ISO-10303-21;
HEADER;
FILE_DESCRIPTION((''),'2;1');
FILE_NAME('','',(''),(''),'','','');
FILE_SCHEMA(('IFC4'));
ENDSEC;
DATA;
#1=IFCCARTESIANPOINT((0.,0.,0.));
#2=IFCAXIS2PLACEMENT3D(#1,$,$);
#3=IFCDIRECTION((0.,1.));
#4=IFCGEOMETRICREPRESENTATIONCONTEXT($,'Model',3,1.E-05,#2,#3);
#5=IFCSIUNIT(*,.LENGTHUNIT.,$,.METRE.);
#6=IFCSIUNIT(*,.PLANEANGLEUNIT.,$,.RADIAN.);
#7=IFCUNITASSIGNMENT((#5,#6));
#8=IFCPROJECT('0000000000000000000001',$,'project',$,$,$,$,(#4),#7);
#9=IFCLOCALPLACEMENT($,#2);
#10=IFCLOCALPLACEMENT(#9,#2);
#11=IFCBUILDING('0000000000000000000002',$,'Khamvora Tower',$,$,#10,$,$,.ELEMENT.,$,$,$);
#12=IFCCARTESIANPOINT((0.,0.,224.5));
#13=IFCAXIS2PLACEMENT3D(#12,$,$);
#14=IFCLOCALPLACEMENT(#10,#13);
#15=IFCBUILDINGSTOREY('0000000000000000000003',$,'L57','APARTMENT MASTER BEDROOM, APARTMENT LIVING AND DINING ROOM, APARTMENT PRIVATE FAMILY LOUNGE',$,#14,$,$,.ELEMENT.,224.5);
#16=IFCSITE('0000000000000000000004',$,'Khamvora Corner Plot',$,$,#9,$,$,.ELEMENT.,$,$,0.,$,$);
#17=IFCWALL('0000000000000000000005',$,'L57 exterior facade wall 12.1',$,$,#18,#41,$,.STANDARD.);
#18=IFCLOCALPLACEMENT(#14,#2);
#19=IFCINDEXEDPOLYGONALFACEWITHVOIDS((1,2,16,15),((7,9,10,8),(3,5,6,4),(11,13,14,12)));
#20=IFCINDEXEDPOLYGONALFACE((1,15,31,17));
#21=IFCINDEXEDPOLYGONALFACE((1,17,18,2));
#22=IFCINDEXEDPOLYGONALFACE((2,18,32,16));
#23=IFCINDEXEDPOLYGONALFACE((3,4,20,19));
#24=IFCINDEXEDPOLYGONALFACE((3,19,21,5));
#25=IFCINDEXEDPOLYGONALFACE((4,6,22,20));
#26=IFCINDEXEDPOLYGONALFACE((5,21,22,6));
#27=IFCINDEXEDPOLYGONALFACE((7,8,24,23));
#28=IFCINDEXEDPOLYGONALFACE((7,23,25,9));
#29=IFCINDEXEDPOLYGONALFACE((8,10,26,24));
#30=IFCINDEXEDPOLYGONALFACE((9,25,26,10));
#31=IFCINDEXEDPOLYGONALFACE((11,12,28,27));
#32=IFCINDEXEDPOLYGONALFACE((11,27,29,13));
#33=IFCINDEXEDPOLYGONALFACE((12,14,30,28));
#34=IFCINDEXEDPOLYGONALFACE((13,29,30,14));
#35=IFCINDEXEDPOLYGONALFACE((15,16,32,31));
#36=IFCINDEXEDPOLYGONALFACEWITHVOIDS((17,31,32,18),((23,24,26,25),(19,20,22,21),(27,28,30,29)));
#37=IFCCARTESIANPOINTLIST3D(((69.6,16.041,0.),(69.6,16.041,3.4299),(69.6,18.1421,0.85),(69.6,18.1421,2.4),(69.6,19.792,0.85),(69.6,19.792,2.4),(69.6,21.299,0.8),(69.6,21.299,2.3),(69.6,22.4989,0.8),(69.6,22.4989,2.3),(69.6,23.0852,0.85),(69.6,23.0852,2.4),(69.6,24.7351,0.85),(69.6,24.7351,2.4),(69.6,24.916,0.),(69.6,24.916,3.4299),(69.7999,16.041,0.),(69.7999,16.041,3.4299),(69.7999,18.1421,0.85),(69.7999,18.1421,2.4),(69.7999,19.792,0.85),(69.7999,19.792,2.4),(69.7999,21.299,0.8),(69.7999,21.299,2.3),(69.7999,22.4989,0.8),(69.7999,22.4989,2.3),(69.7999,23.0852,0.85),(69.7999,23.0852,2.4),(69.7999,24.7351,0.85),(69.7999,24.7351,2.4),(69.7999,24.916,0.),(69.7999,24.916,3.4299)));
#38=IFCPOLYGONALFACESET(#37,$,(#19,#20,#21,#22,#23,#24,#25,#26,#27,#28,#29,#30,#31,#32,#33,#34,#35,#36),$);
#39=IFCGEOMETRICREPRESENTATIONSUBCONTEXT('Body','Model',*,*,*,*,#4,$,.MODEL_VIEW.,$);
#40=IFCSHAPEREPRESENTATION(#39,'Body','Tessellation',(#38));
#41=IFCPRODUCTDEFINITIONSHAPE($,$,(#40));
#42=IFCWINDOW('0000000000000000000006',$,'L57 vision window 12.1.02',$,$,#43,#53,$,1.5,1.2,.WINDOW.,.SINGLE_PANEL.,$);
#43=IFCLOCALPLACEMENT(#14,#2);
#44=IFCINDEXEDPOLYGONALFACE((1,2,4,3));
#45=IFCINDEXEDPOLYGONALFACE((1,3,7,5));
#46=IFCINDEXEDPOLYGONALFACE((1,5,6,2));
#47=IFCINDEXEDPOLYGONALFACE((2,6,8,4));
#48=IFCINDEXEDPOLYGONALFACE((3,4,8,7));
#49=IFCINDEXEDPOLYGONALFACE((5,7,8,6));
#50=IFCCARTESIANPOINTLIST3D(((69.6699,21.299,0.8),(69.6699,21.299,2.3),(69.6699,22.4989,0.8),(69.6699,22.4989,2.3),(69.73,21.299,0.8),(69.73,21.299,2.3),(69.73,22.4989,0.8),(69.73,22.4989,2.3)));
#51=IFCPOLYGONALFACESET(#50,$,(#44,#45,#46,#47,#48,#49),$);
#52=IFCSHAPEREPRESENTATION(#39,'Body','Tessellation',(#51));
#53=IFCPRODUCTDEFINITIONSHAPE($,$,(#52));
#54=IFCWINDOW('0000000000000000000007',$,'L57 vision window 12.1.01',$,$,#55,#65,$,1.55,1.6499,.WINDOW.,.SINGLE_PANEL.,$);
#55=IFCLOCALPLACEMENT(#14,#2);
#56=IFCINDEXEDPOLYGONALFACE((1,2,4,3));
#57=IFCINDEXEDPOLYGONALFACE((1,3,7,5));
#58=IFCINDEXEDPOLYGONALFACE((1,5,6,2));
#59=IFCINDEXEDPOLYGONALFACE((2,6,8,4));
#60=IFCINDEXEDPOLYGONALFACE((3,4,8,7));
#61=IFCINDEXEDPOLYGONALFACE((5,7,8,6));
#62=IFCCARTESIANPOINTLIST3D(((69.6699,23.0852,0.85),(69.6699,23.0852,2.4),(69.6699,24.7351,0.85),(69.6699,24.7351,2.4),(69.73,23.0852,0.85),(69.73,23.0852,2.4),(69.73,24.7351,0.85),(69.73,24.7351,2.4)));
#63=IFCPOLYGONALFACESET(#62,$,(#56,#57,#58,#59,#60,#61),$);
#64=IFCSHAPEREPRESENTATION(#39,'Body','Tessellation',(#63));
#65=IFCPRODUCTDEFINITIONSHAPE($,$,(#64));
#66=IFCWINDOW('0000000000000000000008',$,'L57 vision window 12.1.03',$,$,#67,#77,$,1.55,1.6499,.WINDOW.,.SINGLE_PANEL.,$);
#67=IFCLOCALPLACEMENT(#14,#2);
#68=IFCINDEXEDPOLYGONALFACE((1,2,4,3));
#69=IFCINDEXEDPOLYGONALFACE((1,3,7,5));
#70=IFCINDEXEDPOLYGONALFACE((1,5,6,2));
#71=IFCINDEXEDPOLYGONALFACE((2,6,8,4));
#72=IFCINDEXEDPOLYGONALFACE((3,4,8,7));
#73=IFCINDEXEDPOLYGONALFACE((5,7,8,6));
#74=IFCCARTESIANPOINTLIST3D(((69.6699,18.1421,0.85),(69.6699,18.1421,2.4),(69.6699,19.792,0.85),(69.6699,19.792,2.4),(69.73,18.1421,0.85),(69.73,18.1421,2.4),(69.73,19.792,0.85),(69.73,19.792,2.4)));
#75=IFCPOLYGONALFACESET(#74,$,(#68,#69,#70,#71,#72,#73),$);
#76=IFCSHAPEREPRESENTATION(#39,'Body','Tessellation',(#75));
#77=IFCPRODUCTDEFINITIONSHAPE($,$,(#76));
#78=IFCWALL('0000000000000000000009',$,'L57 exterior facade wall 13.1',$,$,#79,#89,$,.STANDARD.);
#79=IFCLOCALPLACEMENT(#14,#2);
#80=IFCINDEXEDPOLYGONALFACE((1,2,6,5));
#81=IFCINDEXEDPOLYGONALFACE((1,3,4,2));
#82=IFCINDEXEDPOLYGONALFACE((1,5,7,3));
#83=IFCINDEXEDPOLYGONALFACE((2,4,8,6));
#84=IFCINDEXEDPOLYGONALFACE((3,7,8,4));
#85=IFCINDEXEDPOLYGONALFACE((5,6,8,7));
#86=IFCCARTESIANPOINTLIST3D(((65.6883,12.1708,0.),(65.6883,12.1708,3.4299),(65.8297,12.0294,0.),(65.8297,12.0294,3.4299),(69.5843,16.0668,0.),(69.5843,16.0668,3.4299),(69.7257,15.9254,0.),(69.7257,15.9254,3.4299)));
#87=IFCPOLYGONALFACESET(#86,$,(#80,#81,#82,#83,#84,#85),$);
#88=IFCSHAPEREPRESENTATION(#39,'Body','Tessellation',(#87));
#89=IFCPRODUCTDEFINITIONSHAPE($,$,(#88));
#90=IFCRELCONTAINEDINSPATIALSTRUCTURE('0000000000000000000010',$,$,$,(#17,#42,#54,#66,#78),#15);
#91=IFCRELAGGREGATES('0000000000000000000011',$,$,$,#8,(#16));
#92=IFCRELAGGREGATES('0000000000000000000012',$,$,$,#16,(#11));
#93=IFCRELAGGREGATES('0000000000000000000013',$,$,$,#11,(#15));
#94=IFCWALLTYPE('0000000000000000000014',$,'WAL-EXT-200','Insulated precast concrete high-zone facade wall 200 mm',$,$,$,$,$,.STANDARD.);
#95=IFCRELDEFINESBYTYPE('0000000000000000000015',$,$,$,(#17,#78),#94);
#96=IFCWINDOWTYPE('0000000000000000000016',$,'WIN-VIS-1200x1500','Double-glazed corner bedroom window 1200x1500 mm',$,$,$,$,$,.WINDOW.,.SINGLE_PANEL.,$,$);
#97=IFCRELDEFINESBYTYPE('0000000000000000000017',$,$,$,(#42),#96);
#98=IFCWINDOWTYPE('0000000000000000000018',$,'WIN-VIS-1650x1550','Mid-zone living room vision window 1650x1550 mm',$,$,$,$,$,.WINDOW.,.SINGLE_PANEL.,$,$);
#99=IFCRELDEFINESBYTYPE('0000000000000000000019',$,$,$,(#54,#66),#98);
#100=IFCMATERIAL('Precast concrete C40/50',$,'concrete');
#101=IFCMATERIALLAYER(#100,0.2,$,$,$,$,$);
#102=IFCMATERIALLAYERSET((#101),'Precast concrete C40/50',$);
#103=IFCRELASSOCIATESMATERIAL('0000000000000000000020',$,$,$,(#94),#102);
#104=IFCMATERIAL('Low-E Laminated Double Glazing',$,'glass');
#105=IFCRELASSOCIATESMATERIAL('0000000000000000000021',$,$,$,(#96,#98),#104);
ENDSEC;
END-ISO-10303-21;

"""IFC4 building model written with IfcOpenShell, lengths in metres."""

from ifc_helpers import new_model, si_unit, direction, frame, frame_2d, origin, place, context, subcontext, project, spatial, rectangle, extrude, material, layer, layer_set, type_object, element, fill, save


model = new_model("IFC4")

# Units and contexts
model_context = context("Model", 3, precision=1e-05, world=origin(), true_north=direction((0.0, 1.0)))
body_context = subcontext(model_context, "Body", "Model", "MODEL_VIEW")
ifc_project = project(units=[si_unit("LENGTHUNIT", "METRE"), si_unit("PLANEANGLEUNIT", "RADIAN")], contexts=[model_context])

# Site, building, storey
site_placement = place(None, origin())
site = spatial("IfcSite", under=ifc_project, at=site_placement, Name="Khamvora Corner Plot", CompositionType="ELEMENT", RefElevation=0.0)
building_placement = place(site_placement, origin())
building = spatial("IfcBuilding", under=site, at=building_placement, Name="Khamvora Tower", CompositionType="ELEMENT")
storey_placement = place(building_placement, frame((0.0, 0.0, 224.5)))
storey = spatial("IfcBuildingStorey", under=building, at=storey_placement, Name="L57", Description="APARTMENT MASTER BEDROOM, APARTMENT LIVING AND DINING ROOM, APARTMENT PRIVATE FAMILY LOUNGE", CompositionType="ELEMENT", Elevation=224.5)

# Shared definitions
ifc_material_1 = material(Name="Precast concrete C40/50", Category="concrete")
ifc_layer_1 = layer(ifc_material_1, 0.2)
ifc_layer_set_1 = layer_set([ifc_layer_1], Name="Precast concrete C40/50")
wall_type_1 = type_object("IfcWallType", Name="WAL-EXT-200", Description="Insulated precast concrete high-zone facade wall 200 mm", PredefinedType="STANDARD", material=ifc_layer_set_1)

# Wall, openings, windows
wall_1_placement = place(storey_placement, frame((69.7, 24.916, 0.0), z_axis=(0.0, 0.0, 1.0), x_axis=(0.0, -1.0, 0.0)))
wall_1 = element("IfcWall", 1, at=wall_1_placement, inside=storey, type_object=wall_type_1, Name="L57 exterior facade wall 12.1", PredefinedType="STANDARD", context=body_context, shape_type="SweptSolid", body=[
    extrude(rectangle(XDim=8.875, YDim=0.2, at=frame_2d((4.4375, 0.0))), origin(), (0.0, 0.0, 1.0), 3.4299),
])
opening_1_placement = place(wall_1_placement, frame((0.1809, 0.0, 0.8501)))
opening_1 = element("IfcOpeningElement", 2, at=opening_1_placement, cuts=wall_1, PredefinedType="OPENING", context=body_context, shape_type="SweptSolid", body=[
    extrude(rectangle(XDim=1.6499, YDim=1.55, at=frame_2d((0.825, 0.7749))), frame((0.0, 0.1099, 0.0), z_axis=(0.0, -1.0, 0.0), x_axis=(1.0, 0.0, 0.0)), (0.0, 0.0, 1.0), 0.22),
])
opening_2_placement = place(wall_1_placement, frame((2.417, 0.0, 0.8)))
opening_2 = element("IfcOpeningElement", 3, at=opening_2_placement, cuts=wall_1, PredefinedType="OPENING", context=body_context, shape_type="SweptSolid", body=[
    extrude(rectangle(XDim=1.2, YDim=1.5, at=frame_2d((0.6001, 0.75))), frame((0.0, 0.1099, 0.0), z_axis=(0.0, -1.0, 0.0), x_axis=(1.0, 0.0, 0.0)), (0.0, 0.0, 1.0), 0.22),
])
opening_3_placement = place(wall_1_placement, frame((5.124, 0.0, 0.8501)))
opening_3 = element("IfcOpeningElement", 4, at=opening_3_placement, cuts=wall_1, PredefinedType="OPENING", context=body_context, shape_type="SweptSolid", body=[
    extrude(rectangle(XDim=1.6499, YDim=1.55, at=frame_2d((0.825, 0.7749))), frame((0.0, 0.1099, 0.0), z_axis=(0.0, -1.0, 0.0), x_axis=(1.0, 0.0, 0.0)), (0.0, 0.0, 1.0), 0.22),
])
ifc_material_2 = material(Name="Low-E Laminated Double Glazing", Category="glass")
window_type_1 = type_object("IfcWindowType", Name="WIN-VIS-1200x1500", Description="Double-glazed corner bedroom window 1200x1500 mm", PartitioningType="SINGLE_PANEL", PredefinedType="WINDOW", material=ifc_material_2)
window_1_placement = place(opening_2_placement, origin())
window_1 = element("IfcWindow", 5, at=window_1_placement, inside=storey, type_object=window_type_1, Name="L57 vision window 12.1.02", OverallHeight=1.5, OverallWidth=1.2, PartitioningType="SINGLE_PANEL", PredefinedType="WINDOW", context=body_context, shape_type="SweptSolid", body=[
    extrude(rectangle(XDim=1.2, YDim=1.5, at=frame_2d((0.6001, 0.75))), frame((0.0, 0.03, 0.0), z_axis=(0.0, -1.0, 0.0), x_axis=(1.0, 0.0, 0.0)), (0.0, 0.0, 1.0), 0.0601),
])
fill(opening_2, window_1)
window_type_2 = type_object("IfcWindowType", Name="WIN-VIS-1650x1550", Description="Mid-zone living room vision window 1650x1550 mm", PartitioningType="SINGLE_PANEL", PredefinedType="WINDOW", material=ifc_material_2)
window_2_placement = place(opening_1_placement, origin())
window_2 = element("IfcWindow", 6, at=window_2_placement, inside=storey, type_object=window_type_2, Name="L57 vision window 12.1.01", OverallHeight=1.55, OverallWidth=1.6499, PartitioningType="SINGLE_PANEL", PredefinedType="WINDOW", context=body_context, shape_type="SweptSolid", body=[
    extrude(rectangle(XDim=1.6499, YDim=1.55, at=frame_2d((0.825, 0.7749))), frame((0.0, 0.03, 0.0), z_axis=(0.0, -1.0, 0.0), x_axis=(1.0, 0.0, 0.0)), (0.0, 0.0, 1.0), 0.0601),
])
fill(opening_1, window_2)
window_3_placement = place(opening_3_placement, origin())
window_3 = element("IfcWindow", 7, at=window_3_placement, inside=storey, type_object=window_type_2, Name="L57 vision window 12.1.03", OverallHeight=1.55, OverallWidth=1.6499, PartitioningType="SINGLE_PANEL", PredefinedType="WINDOW", context=body_context, shape_type="SweptSolid", body=[
    extrude(rectangle(XDim=1.6499, YDim=1.55, at=frame_2d((0.825, 0.7749))), frame((0.0, 0.03, 0.0), z_axis=(0.0, -1.0, 0.0), x_axis=(1.0, 0.0, 0.0)), (0.0, 0.0, 1.0), 0.0601),
])
fill(opening_3, window_3)

# Wall
wall_2_placement = place(storey_placement, frame((69.655, 15.9961, 0.0), z_axis=(0.0, 0.0, 1.0), x_axis=(-0.707107, -0.707107, 0.0)))
element("IfcWall", 8, at=wall_2_placement, inside=storey, type_object=wall_type_1, Name="L57 exterior facade wall 13.1", PredefinedType="STANDARD", context=body_context, shape_type="SweptSolid", body=[
    extrude(rectangle(XDim=5.5098, YDim=0.2, at=frame_2d((2.7549, 0.0))), origin(), (0.0, 0.0, 1.0), 3.4299),
])

save(model, "model.ifc")
